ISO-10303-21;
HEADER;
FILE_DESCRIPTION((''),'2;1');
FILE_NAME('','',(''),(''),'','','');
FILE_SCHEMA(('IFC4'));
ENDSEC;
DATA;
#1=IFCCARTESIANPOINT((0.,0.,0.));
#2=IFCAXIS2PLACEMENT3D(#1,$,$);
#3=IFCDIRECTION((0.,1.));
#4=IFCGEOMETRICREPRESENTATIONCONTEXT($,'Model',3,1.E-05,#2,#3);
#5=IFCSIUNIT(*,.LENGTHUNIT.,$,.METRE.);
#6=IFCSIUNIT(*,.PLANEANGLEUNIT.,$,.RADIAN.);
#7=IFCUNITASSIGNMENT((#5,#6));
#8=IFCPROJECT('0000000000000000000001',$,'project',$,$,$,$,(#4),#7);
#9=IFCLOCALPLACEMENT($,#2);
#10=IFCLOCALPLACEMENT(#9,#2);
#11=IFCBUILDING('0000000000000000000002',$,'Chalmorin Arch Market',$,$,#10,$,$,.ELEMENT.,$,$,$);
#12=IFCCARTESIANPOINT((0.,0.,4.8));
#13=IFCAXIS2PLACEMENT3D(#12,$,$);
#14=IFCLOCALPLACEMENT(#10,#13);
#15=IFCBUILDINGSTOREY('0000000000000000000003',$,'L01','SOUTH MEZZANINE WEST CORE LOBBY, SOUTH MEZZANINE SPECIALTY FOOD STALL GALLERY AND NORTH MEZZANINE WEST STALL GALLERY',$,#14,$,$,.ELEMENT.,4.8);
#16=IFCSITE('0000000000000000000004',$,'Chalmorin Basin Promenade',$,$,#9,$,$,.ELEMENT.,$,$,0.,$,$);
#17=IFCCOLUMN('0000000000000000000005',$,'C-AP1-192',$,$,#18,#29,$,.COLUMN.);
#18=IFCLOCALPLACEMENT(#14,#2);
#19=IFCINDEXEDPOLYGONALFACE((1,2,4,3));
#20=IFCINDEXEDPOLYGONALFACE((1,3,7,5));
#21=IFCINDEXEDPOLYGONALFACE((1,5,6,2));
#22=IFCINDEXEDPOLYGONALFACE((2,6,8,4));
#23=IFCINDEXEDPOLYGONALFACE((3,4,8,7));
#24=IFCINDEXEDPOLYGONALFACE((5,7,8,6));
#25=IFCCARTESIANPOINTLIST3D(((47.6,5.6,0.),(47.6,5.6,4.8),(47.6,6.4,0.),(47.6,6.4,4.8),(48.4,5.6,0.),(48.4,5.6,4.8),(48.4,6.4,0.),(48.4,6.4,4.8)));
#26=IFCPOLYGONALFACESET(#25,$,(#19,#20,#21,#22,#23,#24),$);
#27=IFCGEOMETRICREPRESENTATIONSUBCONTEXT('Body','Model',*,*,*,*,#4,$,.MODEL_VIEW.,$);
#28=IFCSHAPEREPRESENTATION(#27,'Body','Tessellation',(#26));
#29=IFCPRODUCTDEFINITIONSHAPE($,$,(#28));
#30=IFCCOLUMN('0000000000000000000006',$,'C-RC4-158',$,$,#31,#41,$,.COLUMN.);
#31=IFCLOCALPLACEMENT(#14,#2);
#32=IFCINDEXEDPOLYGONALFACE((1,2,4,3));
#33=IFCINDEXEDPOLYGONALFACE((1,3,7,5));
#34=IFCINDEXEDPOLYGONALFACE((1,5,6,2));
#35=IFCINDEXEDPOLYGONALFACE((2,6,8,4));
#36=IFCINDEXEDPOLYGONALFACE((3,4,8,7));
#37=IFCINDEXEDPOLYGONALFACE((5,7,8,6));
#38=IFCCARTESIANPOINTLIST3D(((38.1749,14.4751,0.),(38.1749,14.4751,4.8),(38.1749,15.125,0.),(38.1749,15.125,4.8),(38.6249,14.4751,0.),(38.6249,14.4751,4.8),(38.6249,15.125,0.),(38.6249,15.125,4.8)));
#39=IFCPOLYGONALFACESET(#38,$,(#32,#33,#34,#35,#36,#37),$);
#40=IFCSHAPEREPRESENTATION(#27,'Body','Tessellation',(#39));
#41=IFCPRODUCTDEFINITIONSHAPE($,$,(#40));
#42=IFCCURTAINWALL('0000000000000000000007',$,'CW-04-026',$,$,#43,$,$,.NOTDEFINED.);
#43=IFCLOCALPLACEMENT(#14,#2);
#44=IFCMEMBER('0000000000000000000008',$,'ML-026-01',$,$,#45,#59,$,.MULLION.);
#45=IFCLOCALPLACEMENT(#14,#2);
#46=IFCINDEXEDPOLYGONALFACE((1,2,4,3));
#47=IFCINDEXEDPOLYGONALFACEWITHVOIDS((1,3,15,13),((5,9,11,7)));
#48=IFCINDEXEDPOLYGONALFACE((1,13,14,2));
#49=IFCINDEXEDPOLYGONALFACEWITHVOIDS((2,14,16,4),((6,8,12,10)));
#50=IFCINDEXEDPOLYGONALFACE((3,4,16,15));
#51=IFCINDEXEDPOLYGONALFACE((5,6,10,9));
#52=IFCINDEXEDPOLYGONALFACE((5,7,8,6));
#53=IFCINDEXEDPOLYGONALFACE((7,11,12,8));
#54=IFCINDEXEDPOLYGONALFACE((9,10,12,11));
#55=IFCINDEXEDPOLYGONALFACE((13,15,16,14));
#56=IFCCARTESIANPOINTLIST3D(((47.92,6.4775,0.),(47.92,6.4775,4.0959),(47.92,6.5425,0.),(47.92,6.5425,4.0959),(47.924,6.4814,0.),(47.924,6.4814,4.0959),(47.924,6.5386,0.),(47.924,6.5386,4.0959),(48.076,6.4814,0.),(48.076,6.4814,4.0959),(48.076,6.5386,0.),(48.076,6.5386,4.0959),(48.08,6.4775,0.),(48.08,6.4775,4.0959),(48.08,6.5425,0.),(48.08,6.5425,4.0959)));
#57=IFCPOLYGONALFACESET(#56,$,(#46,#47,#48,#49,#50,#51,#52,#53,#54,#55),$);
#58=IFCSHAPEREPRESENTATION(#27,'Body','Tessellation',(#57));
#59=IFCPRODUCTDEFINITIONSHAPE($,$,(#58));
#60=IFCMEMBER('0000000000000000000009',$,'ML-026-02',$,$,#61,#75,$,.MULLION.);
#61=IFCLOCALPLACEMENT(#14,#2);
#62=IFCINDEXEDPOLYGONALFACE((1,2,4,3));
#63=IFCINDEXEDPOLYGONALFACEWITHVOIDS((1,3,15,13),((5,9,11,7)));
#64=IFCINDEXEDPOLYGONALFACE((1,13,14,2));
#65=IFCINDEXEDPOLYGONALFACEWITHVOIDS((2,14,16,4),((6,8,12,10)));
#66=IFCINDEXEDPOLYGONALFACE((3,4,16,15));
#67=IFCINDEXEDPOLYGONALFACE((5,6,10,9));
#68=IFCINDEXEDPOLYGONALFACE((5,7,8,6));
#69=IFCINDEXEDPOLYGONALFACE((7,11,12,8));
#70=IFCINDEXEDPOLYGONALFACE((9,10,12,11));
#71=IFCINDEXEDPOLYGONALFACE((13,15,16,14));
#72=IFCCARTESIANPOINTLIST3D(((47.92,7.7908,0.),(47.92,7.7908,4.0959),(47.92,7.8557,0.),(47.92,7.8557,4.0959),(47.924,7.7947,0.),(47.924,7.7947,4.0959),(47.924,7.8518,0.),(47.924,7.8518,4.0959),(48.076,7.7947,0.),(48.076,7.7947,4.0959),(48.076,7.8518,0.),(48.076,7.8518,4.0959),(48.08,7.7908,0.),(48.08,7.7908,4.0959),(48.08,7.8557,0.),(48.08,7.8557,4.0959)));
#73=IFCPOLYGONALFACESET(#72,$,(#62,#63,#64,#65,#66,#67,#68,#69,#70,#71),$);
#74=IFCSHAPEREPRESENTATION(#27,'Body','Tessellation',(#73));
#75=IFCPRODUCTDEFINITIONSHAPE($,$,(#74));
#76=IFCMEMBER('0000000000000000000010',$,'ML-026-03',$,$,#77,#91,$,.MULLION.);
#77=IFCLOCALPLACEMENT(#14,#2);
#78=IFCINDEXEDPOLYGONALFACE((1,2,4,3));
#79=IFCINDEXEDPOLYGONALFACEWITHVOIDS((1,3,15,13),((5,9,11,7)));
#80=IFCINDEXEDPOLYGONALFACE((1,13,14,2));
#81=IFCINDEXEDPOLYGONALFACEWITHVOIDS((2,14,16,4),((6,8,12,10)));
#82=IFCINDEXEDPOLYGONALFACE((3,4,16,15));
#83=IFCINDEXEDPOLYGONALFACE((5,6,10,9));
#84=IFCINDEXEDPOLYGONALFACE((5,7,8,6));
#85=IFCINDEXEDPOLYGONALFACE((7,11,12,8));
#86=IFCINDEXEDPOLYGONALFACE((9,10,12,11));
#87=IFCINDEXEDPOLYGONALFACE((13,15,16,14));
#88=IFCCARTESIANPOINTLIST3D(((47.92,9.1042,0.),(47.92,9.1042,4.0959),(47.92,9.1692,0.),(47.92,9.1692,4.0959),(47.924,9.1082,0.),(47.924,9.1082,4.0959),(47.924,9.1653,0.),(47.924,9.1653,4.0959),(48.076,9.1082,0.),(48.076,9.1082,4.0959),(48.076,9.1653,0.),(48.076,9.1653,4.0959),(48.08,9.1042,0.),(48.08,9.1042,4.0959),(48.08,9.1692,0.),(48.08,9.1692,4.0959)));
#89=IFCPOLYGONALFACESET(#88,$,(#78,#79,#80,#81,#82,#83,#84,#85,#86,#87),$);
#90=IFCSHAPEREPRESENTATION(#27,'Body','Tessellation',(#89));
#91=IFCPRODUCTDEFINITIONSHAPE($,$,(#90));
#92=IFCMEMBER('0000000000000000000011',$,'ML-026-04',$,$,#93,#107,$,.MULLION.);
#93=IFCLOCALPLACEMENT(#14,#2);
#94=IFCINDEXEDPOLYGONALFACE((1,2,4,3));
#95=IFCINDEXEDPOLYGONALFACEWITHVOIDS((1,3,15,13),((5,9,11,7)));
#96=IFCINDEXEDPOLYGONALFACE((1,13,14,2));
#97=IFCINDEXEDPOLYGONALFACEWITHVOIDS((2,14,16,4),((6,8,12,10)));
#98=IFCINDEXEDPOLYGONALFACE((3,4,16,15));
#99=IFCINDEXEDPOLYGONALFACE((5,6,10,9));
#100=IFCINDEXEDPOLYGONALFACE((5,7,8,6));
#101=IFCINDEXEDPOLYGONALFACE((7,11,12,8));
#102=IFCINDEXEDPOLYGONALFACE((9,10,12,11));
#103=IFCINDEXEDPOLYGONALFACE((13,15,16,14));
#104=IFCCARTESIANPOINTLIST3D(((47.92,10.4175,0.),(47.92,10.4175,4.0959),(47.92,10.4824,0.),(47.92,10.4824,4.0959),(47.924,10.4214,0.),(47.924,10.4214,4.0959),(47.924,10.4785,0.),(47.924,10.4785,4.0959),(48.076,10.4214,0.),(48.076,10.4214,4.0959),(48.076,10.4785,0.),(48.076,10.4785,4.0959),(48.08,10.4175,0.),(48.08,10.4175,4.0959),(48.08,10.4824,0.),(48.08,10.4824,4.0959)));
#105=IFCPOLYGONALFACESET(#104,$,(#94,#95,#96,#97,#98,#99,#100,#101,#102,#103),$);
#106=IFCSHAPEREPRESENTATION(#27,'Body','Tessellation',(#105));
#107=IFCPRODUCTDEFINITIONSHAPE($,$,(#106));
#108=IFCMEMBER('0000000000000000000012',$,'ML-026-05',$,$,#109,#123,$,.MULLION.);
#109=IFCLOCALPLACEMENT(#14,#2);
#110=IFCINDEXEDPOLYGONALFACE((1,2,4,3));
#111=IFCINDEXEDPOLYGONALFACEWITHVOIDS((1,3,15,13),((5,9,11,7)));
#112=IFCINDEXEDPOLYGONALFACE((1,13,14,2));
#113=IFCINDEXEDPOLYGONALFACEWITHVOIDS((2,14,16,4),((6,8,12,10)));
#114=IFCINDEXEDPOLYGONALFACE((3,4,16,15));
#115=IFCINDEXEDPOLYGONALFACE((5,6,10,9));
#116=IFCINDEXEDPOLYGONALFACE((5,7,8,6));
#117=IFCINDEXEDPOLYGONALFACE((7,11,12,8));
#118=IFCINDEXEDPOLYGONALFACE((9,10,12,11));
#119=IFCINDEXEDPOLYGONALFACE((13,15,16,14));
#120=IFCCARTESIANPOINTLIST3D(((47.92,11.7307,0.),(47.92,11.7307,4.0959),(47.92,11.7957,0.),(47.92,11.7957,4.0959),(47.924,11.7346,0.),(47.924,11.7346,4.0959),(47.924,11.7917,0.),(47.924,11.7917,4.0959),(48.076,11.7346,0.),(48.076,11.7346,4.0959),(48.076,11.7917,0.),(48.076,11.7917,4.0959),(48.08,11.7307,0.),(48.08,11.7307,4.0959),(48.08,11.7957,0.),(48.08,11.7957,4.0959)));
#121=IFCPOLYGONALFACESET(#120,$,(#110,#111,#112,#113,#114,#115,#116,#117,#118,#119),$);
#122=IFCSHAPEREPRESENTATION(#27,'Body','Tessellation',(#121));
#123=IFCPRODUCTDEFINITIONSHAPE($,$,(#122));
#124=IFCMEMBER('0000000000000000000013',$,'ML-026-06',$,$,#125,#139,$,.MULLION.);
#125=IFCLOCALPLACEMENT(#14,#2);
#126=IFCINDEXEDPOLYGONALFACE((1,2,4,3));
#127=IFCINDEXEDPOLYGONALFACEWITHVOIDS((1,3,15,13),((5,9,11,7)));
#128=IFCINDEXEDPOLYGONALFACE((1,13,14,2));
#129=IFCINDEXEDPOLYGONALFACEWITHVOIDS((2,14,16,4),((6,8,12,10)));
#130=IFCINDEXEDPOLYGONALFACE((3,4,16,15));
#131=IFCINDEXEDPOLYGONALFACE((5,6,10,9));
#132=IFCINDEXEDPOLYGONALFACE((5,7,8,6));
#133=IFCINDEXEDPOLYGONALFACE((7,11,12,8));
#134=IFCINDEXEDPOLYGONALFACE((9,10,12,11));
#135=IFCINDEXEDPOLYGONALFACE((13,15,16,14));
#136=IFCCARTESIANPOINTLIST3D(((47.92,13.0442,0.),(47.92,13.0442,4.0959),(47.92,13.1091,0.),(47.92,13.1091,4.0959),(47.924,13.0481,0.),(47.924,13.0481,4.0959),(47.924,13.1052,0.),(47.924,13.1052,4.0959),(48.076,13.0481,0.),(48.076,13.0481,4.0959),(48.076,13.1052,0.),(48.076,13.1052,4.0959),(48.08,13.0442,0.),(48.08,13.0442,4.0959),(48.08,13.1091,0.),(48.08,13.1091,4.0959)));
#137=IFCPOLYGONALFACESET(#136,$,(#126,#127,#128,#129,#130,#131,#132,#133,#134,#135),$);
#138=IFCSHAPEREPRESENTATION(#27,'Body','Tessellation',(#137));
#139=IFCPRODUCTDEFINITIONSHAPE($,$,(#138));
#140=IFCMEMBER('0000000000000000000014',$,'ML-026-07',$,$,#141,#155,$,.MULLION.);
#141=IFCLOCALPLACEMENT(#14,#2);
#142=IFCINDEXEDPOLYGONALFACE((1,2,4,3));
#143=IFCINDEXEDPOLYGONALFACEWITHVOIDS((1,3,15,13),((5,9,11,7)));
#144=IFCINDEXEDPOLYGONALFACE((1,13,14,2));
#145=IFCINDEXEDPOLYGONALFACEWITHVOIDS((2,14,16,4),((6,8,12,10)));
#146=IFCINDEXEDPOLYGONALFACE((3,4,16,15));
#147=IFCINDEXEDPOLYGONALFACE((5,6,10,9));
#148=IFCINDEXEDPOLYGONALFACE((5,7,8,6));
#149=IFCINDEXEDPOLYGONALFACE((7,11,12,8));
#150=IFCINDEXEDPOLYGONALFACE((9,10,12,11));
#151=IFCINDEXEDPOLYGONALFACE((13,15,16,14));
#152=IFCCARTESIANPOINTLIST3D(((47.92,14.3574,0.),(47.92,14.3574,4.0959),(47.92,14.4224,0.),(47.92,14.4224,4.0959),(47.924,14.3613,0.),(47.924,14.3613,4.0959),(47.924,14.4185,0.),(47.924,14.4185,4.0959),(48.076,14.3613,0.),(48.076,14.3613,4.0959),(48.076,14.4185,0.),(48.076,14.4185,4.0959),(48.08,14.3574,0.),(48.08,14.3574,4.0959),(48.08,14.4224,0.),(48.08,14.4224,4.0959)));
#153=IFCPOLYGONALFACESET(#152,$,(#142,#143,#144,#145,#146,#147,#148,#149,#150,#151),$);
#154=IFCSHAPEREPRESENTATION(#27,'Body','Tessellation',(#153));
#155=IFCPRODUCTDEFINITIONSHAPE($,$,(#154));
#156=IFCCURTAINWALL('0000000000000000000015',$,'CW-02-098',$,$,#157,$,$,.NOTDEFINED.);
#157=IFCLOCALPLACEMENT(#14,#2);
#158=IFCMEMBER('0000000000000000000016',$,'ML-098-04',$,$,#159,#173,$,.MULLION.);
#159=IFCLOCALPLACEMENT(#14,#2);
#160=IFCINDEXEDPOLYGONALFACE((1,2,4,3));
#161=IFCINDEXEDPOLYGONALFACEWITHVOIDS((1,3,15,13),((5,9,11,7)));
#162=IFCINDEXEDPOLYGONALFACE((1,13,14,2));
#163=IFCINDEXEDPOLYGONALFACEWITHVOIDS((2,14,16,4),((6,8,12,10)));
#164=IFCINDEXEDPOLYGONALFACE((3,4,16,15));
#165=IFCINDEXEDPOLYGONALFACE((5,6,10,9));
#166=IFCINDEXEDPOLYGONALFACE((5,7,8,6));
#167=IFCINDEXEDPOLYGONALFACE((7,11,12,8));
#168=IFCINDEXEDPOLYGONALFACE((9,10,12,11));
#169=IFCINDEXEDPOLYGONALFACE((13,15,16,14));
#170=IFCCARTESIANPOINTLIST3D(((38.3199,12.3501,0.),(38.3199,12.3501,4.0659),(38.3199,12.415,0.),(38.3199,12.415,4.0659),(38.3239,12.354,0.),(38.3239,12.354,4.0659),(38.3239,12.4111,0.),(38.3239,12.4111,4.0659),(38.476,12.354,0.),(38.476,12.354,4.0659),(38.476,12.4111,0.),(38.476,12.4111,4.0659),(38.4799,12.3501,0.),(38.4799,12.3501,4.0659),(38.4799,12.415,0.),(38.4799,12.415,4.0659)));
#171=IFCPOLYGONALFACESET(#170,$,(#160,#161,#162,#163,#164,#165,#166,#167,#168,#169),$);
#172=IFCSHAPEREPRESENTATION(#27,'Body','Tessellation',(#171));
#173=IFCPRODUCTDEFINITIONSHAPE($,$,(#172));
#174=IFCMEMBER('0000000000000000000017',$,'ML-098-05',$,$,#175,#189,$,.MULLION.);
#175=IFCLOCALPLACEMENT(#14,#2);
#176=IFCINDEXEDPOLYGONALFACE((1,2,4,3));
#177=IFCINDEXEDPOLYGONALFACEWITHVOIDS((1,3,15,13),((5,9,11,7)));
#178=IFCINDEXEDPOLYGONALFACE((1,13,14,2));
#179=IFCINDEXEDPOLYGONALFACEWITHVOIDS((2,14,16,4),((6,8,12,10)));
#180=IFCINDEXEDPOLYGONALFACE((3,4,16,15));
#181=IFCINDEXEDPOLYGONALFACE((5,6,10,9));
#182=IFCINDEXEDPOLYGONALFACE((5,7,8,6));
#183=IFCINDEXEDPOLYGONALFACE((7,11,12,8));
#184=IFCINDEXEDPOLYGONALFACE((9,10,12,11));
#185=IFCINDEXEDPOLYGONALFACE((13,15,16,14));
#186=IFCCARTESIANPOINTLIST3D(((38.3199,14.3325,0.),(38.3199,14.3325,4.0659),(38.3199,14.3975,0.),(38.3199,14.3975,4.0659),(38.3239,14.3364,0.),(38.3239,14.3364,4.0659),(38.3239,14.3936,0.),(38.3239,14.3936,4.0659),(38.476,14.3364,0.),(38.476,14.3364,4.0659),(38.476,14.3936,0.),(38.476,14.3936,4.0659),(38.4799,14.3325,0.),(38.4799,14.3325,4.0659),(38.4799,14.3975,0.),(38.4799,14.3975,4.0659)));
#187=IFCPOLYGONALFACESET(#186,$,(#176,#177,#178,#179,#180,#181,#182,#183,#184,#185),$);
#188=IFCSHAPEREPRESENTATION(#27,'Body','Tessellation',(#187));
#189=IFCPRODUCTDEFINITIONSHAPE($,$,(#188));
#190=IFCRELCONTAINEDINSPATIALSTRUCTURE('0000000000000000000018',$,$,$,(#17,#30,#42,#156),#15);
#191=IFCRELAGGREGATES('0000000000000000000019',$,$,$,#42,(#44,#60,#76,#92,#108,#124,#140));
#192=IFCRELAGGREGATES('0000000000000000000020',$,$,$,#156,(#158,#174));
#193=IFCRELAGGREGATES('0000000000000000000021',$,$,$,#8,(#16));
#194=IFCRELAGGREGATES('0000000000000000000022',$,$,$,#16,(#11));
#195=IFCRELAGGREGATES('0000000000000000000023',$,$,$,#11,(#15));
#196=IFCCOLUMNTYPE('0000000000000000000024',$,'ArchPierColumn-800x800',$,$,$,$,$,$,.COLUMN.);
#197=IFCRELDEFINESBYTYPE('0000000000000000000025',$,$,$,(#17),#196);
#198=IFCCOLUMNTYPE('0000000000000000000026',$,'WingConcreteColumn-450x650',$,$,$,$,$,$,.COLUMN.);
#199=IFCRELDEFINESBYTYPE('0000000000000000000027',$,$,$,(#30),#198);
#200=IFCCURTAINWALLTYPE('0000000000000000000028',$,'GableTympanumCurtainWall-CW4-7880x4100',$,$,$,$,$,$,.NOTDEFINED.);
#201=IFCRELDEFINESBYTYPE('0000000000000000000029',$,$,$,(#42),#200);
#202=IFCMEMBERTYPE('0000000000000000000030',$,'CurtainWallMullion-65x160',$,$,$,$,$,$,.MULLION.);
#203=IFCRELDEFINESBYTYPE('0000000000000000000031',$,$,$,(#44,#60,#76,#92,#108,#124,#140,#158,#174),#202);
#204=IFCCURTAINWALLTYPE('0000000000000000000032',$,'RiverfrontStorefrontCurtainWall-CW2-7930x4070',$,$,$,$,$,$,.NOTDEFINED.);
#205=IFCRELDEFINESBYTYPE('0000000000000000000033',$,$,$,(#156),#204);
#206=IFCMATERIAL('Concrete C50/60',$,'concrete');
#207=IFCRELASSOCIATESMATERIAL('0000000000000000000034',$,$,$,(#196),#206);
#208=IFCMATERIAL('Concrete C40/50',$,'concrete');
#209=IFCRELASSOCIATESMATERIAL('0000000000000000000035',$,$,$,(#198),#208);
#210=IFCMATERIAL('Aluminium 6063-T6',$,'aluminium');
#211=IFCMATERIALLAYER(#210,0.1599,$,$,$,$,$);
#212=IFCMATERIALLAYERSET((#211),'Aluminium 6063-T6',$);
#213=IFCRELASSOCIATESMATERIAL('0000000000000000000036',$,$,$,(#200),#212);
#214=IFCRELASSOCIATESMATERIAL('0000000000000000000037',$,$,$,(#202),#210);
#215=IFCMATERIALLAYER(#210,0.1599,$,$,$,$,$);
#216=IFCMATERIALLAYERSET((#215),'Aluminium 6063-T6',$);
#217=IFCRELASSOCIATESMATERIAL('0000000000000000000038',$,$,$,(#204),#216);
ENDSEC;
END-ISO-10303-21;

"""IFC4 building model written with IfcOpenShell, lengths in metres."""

from ifc_helpers import new_model, si_unit, direction, frame, origin, origin_2d, place, context, subcontext, project, spatial, rectangle, hollow_rectangle, extrude, material, layer, layer_set, material_profile, profile_set, type_object, element, aggregate, save


model = new_model("IFC4")

# Units and contexts
model_context = context("Model", 3, precision=1e-05, world=origin(), true_north=direction((0.0, 1.0)))
body_context = subcontext(model_context, "Body", "Model", "MODEL_VIEW")
ifc_project = project(units=[si_unit("LENGTHUNIT", "METRE"), si_unit("PLANEANGLEUNIT", "RADIAN")], contexts=[model_context])

# Site, building, storey
site_placement = place(None, origin())
site = spatial("IfcSite", under=ifc_project, at=site_placement, Name="Chalmorin Basin Promenade", CompositionType="ELEMENT", RefElevation=0.0)
building_placement = place(site_placement, origin())
building = spatial("IfcBuilding", under=site, at=building_placement, Name="Chalmorin Arch Market", CompositionType="ELEMENT")
storey_placement = place(building_placement, frame((0.0, 0.0, 4.8)))
storey = spatial("IfcBuildingStorey", under=building, at=storey_placement, Name="L01", Description="SOUTH MEZZANINE WEST CORE LOBBY, SOUTH MEZZANINE SPECIALTY FOOD STALL GALLERY AND NORTH MEZZANINE WEST STALL GALLERY", CompositionType="ELEMENT", Elevation=4.8)

# Columns
ifc_material_1 = material(Name="Concrete C50/60", Category="concrete")
ifc_material_profile_1 = material_profile(ifc_material_1, rectangle(XDim=0.8, YDim=0.8, at=origin_2d()), Name="RC800X800")
ifc_profile_set_1 = profile_set([ifc_material_profile_1], Name="Concrete C50/60")
column_type_1 = type_object("IfcColumnType", Name="ArchPierColumn-800x800", PredefinedType="COLUMN", material=ifc_profile_set_1)
column_1_placement = place(storey_placement, frame((48.0, 6.0, 0.0), z_axis=(0.0, 0.0, 1.0), x_axis=(1.0, 0.0, 0.0)))
element("IfcColumn", 1, at=column_1_placement, inside=storey, type_object=column_type_1, Name="C-AP1-192", PredefinedType="COLUMN", context=body_context, shape_type="SweptSolid", body=[
    extrude(rectangle(XDim=0.8, YDim=0.8, at=origin_2d()), origin(), (0.0, 0.0, 1.0), 4.8),
])
ifc_material_2 = material(Name="Concrete C40/50", Category="concrete")
ifc_material_profile_2 = material_profile(ifc_material_2, rectangle(XDim=0.45, YDim=0.6499, at=origin_2d()), Name="RC450X650")
ifc_profile_set_2 = profile_set([ifc_material_profile_2], Name="Concrete C40/50")
column_type_2 = type_object("IfcColumnType", Name="WingConcreteColumn-450x650", PredefinedType="COLUMN", material=ifc_profile_set_2)
column_2_placement = place(storey_placement, frame((38.3999, 14.8, 0.0), z_axis=(0.0, 0.0, 1.0), x_axis=(1.0, 0.0, 0.0)))
element("IfcColumn", 2, at=column_2_placement, inside=storey, type_object=column_type_2, Name="C-RC4-158", PredefinedType="COLUMN", context=body_context, shape_type="SweptSolid", body=[
    extrude(rectangle(XDim=0.45, YDim=0.6499, at=origin_2d()), origin(), (0.0, 0.0, 1.0), 4.8),
])

# Curtain walls, members
ifc_material_3 = material(Name="Aluminium 6063-T6", Category="aluminium")
ifc_layer_1 = layer(ifc_material_3, 0.1599)
ifc_layer_set_1 = layer_set([ifc_layer_1], Name="Aluminium 6063-T6")
curtain_wall_type_1 = type_object("IfcCurtainWallType", Name="GableTympanumCurtainWall-CW4-7880x4100", PredefinedType="NOTDEFINED", material=ifc_layer_set_1)
curtain_wall_1_placement = place(storey_placement, origin())
curtain_wall_1 = element("IfcCurtainWall", 3, at=curtain_wall_1_placement, inside=storey, type_object=curtain_wall_type_1, Name="CW-04-026", PredefinedType="NOTDEFINED")
ifc_material_profile_3 = material_profile(ifc_material_3, hollow_rectangle(XDim=0.0649, YDim=0.1599, WallThickness=0.0039, at=origin_2d()), Name="ALU65X160X4")
ifc_profile_set_3 = profile_set([ifc_material_profile_3], Name="Aluminium 6063-T6")
member_type_1 = type_object("IfcMemberType", Name="CurtainWallMullion-65x160", PredefinedType="MULLION", material=ifc_profile_set_3)
member_1_placement = place(storey_placement, frame((48.0, 6.51, 0.0), z_axis=(0.0, 0.0, 1.0), x_axis=(0.0, 1.0, 0.0)))
member_1 = element("IfcMember", 4, at=member_1_placement, type_object=member_type_1, Name="ML-026-01", PredefinedType="MULLION", context=body_context, shape_type="SweptSolid", body=[
    extrude(hollow_rectangle(XDim=0.0649, YDim=0.1599, WallThickness=0.0039, at=origin_2d()), origin(), (0.0, 0.0, 1.0), 4.0959),
])
member_2_placement = place(storey_placement, frame((48.0, 7.8232, 0.0), z_axis=(0.0, 0.0, 1.0), x_axis=(0.0, 1.0, 0.0)))
member_2 = element("IfcMember", 5, at=member_2_placement, type_object=member_type_1, Name="ML-026-02", PredefinedType="MULLION", context=body_context, shape_type="SweptSolid", body=[
    extrude(hollow_rectangle(XDim=0.0649, YDim=0.1599, WallThickness=0.0039, at=origin_2d()), origin(), (0.0, 0.0, 1.0), 4.0959),
])
member_3_placement = place(storey_placement, frame((48.0, 9.1367, 0.0), z_axis=(0.0, 0.0, 1.0), x_axis=(0.0, 1.0, 0.0)))
member_3 = element("IfcMember", 6, at=member_3_placement, type_object=member_type_1, Name="ML-026-03", PredefinedType="MULLION", context=body_context, shape_type="SweptSolid", body=[
    extrude(hollow_rectangle(XDim=0.0649, YDim=0.1599, WallThickness=0.0039, at=origin_2d()), origin(), (0.0, 0.0, 1.0), 4.0959),
])
member_4_placement = place(storey_placement, frame((48.0, 10.45, 0.0), z_axis=(0.0, 0.0, 1.0), x_axis=(0.0, 1.0, 0.0)))
member_4 = element("IfcMember", 7, at=member_4_placement, type_object=member_type_1, Name="ML-026-04", PredefinedType="MULLION", context=body_context, shape_type="SweptSolid", body=[
    extrude(hollow_rectangle(XDim=0.0649, YDim=0.1599, WallThickness=0.0039, at=origin_2d()), origin(), (0.0, 0.0, 1.0), 4.0959),
])
member_5_placement = place(storey_placement, frame((48.0, 11.7632, 0.0), z_axis=(0.0, 0.0, 1.0), x_axis=(0.0, 1.0, 0.0)))
member_5 = element("IfcMember", 8, at=member_5_placement, type_object=member_type_1, Name="ML-026-05", PredefinedType="MULLION", context=body_context, shape_type="SweptSolid", body=[
    extrude(hollow_rectangle(XDim=0.0649, YDim=0.1599, WallThickness=0.0039, at=origin_2d()), origin(), (0.0, 0.0, 1.0), 4.0959),
])
member_6_placement = place(storey_placement, frame((48.0, 13.0767, 0.0), z_axis=(0.0, 0.0, 1.0), x_axis=(0.0, 1.0, 0.0)))
member_6 = element("IfcMember", 9, at=member_6_placement, type_object=member_type_1, Name="ML-026-06", PredefinedType="MULLION", context=body_context, shape_type="SweptSolid", body=[
    extrude(hollow_rectangle(XDim=0.0649, YDim=0.1599, WallThickness=0.0039, at=origin_2d()), origin(), (0.0, 0.0, 1.0), 4.0959),
])
member_7_placement = place(storey_placement, frame((48.0, 14.3899, 0.0), z_axis=(0.0, 0.0, 1.0), x_axis=(0.0, 1.0, 0.0)))
member_7 = element("IfcMember", 10, at=member_7_placement, type_object=member_type_1, Name="ML-026-07", PredefinedType="MULLION", context=body_context, shape_type="SweptSolid", body=[
    extrude(hollow_rectangle(XDim=0.0649, YDim=0.1599, WallThickness=0.0039, at=origin_2d()), origin(), (0.0, 0.0, 1.0), 4.0959),
])
ifc_layer_2 = layer(ifc_material_3, 0.1599)
ifc_layer_set_2 = layer_set([ifc_layer_2], Name="Aluminium 6063-T6")
curtain_wall_type_2 = type_object("IfcCurtainWallType", Name="RiverfrontStorefrontCurtainWall-CW2-7930x4070", PredefinedType="NOTDEFINED", material=ifc_layer_set_2)
curtain_wall_2_placement = place(storey_placement, origin())
curtain_wall_2 = element("IfcCurtainWall", 11, at=curtain_wall_2_placement, inside=storey, type_object=curtain_wall_type_2, Name="CW-02-098", PredefinedType="NOTDEFINED")
member_8_placement = place(storey_placement, frame((38.3999, 12.3826, 0.0), z_axis=(0.0, 0.0, 1.0), x_axis=(0.0, 1.0, 0.0)))
member_8 = element("IfcMember", 12, at=member_8_placement, type_object=member_type_1, Name="ML-098-04", PredefinedType="MULLION", context=body_context, shape_type="SweptSolid", body=[
    extrude(hollow_rectangle(XDim=0.0649, YDim=0.1599, WallThickness=0.0039, at=origin_2d()), origin(), (0.0, 0.0, 1.0), 4.0659),
])
member_9_placement = place(storey_placement, frame((38.3999, 14.365, 0.0), z_axis=(0.0, 0.0, 1.0), x_axis=(0.0, 1.0, 0.0)))
member_9 = element("IfcMember", 13, at=member_9_placement, type_object=member_type_1, Name="ML-098-05", PredefinedType="MULLION", context=body_context, shape_type="SweptSolid", body=[
    extrude(hollow_rectangle(XDim=0.0649, YDim=0.1599, WallThickness=0.0039, at=origin_2d()), origin(), (0.0, 0.0, 1.0), 4.0659),
])

aggregate(curtain_wall_1, [member_1, member_2, member_3, member_4, member_5, member_6, member_7])
aggregate(curtain_wall_2, [member_8, member_9])

save(model, "model.ifc")
